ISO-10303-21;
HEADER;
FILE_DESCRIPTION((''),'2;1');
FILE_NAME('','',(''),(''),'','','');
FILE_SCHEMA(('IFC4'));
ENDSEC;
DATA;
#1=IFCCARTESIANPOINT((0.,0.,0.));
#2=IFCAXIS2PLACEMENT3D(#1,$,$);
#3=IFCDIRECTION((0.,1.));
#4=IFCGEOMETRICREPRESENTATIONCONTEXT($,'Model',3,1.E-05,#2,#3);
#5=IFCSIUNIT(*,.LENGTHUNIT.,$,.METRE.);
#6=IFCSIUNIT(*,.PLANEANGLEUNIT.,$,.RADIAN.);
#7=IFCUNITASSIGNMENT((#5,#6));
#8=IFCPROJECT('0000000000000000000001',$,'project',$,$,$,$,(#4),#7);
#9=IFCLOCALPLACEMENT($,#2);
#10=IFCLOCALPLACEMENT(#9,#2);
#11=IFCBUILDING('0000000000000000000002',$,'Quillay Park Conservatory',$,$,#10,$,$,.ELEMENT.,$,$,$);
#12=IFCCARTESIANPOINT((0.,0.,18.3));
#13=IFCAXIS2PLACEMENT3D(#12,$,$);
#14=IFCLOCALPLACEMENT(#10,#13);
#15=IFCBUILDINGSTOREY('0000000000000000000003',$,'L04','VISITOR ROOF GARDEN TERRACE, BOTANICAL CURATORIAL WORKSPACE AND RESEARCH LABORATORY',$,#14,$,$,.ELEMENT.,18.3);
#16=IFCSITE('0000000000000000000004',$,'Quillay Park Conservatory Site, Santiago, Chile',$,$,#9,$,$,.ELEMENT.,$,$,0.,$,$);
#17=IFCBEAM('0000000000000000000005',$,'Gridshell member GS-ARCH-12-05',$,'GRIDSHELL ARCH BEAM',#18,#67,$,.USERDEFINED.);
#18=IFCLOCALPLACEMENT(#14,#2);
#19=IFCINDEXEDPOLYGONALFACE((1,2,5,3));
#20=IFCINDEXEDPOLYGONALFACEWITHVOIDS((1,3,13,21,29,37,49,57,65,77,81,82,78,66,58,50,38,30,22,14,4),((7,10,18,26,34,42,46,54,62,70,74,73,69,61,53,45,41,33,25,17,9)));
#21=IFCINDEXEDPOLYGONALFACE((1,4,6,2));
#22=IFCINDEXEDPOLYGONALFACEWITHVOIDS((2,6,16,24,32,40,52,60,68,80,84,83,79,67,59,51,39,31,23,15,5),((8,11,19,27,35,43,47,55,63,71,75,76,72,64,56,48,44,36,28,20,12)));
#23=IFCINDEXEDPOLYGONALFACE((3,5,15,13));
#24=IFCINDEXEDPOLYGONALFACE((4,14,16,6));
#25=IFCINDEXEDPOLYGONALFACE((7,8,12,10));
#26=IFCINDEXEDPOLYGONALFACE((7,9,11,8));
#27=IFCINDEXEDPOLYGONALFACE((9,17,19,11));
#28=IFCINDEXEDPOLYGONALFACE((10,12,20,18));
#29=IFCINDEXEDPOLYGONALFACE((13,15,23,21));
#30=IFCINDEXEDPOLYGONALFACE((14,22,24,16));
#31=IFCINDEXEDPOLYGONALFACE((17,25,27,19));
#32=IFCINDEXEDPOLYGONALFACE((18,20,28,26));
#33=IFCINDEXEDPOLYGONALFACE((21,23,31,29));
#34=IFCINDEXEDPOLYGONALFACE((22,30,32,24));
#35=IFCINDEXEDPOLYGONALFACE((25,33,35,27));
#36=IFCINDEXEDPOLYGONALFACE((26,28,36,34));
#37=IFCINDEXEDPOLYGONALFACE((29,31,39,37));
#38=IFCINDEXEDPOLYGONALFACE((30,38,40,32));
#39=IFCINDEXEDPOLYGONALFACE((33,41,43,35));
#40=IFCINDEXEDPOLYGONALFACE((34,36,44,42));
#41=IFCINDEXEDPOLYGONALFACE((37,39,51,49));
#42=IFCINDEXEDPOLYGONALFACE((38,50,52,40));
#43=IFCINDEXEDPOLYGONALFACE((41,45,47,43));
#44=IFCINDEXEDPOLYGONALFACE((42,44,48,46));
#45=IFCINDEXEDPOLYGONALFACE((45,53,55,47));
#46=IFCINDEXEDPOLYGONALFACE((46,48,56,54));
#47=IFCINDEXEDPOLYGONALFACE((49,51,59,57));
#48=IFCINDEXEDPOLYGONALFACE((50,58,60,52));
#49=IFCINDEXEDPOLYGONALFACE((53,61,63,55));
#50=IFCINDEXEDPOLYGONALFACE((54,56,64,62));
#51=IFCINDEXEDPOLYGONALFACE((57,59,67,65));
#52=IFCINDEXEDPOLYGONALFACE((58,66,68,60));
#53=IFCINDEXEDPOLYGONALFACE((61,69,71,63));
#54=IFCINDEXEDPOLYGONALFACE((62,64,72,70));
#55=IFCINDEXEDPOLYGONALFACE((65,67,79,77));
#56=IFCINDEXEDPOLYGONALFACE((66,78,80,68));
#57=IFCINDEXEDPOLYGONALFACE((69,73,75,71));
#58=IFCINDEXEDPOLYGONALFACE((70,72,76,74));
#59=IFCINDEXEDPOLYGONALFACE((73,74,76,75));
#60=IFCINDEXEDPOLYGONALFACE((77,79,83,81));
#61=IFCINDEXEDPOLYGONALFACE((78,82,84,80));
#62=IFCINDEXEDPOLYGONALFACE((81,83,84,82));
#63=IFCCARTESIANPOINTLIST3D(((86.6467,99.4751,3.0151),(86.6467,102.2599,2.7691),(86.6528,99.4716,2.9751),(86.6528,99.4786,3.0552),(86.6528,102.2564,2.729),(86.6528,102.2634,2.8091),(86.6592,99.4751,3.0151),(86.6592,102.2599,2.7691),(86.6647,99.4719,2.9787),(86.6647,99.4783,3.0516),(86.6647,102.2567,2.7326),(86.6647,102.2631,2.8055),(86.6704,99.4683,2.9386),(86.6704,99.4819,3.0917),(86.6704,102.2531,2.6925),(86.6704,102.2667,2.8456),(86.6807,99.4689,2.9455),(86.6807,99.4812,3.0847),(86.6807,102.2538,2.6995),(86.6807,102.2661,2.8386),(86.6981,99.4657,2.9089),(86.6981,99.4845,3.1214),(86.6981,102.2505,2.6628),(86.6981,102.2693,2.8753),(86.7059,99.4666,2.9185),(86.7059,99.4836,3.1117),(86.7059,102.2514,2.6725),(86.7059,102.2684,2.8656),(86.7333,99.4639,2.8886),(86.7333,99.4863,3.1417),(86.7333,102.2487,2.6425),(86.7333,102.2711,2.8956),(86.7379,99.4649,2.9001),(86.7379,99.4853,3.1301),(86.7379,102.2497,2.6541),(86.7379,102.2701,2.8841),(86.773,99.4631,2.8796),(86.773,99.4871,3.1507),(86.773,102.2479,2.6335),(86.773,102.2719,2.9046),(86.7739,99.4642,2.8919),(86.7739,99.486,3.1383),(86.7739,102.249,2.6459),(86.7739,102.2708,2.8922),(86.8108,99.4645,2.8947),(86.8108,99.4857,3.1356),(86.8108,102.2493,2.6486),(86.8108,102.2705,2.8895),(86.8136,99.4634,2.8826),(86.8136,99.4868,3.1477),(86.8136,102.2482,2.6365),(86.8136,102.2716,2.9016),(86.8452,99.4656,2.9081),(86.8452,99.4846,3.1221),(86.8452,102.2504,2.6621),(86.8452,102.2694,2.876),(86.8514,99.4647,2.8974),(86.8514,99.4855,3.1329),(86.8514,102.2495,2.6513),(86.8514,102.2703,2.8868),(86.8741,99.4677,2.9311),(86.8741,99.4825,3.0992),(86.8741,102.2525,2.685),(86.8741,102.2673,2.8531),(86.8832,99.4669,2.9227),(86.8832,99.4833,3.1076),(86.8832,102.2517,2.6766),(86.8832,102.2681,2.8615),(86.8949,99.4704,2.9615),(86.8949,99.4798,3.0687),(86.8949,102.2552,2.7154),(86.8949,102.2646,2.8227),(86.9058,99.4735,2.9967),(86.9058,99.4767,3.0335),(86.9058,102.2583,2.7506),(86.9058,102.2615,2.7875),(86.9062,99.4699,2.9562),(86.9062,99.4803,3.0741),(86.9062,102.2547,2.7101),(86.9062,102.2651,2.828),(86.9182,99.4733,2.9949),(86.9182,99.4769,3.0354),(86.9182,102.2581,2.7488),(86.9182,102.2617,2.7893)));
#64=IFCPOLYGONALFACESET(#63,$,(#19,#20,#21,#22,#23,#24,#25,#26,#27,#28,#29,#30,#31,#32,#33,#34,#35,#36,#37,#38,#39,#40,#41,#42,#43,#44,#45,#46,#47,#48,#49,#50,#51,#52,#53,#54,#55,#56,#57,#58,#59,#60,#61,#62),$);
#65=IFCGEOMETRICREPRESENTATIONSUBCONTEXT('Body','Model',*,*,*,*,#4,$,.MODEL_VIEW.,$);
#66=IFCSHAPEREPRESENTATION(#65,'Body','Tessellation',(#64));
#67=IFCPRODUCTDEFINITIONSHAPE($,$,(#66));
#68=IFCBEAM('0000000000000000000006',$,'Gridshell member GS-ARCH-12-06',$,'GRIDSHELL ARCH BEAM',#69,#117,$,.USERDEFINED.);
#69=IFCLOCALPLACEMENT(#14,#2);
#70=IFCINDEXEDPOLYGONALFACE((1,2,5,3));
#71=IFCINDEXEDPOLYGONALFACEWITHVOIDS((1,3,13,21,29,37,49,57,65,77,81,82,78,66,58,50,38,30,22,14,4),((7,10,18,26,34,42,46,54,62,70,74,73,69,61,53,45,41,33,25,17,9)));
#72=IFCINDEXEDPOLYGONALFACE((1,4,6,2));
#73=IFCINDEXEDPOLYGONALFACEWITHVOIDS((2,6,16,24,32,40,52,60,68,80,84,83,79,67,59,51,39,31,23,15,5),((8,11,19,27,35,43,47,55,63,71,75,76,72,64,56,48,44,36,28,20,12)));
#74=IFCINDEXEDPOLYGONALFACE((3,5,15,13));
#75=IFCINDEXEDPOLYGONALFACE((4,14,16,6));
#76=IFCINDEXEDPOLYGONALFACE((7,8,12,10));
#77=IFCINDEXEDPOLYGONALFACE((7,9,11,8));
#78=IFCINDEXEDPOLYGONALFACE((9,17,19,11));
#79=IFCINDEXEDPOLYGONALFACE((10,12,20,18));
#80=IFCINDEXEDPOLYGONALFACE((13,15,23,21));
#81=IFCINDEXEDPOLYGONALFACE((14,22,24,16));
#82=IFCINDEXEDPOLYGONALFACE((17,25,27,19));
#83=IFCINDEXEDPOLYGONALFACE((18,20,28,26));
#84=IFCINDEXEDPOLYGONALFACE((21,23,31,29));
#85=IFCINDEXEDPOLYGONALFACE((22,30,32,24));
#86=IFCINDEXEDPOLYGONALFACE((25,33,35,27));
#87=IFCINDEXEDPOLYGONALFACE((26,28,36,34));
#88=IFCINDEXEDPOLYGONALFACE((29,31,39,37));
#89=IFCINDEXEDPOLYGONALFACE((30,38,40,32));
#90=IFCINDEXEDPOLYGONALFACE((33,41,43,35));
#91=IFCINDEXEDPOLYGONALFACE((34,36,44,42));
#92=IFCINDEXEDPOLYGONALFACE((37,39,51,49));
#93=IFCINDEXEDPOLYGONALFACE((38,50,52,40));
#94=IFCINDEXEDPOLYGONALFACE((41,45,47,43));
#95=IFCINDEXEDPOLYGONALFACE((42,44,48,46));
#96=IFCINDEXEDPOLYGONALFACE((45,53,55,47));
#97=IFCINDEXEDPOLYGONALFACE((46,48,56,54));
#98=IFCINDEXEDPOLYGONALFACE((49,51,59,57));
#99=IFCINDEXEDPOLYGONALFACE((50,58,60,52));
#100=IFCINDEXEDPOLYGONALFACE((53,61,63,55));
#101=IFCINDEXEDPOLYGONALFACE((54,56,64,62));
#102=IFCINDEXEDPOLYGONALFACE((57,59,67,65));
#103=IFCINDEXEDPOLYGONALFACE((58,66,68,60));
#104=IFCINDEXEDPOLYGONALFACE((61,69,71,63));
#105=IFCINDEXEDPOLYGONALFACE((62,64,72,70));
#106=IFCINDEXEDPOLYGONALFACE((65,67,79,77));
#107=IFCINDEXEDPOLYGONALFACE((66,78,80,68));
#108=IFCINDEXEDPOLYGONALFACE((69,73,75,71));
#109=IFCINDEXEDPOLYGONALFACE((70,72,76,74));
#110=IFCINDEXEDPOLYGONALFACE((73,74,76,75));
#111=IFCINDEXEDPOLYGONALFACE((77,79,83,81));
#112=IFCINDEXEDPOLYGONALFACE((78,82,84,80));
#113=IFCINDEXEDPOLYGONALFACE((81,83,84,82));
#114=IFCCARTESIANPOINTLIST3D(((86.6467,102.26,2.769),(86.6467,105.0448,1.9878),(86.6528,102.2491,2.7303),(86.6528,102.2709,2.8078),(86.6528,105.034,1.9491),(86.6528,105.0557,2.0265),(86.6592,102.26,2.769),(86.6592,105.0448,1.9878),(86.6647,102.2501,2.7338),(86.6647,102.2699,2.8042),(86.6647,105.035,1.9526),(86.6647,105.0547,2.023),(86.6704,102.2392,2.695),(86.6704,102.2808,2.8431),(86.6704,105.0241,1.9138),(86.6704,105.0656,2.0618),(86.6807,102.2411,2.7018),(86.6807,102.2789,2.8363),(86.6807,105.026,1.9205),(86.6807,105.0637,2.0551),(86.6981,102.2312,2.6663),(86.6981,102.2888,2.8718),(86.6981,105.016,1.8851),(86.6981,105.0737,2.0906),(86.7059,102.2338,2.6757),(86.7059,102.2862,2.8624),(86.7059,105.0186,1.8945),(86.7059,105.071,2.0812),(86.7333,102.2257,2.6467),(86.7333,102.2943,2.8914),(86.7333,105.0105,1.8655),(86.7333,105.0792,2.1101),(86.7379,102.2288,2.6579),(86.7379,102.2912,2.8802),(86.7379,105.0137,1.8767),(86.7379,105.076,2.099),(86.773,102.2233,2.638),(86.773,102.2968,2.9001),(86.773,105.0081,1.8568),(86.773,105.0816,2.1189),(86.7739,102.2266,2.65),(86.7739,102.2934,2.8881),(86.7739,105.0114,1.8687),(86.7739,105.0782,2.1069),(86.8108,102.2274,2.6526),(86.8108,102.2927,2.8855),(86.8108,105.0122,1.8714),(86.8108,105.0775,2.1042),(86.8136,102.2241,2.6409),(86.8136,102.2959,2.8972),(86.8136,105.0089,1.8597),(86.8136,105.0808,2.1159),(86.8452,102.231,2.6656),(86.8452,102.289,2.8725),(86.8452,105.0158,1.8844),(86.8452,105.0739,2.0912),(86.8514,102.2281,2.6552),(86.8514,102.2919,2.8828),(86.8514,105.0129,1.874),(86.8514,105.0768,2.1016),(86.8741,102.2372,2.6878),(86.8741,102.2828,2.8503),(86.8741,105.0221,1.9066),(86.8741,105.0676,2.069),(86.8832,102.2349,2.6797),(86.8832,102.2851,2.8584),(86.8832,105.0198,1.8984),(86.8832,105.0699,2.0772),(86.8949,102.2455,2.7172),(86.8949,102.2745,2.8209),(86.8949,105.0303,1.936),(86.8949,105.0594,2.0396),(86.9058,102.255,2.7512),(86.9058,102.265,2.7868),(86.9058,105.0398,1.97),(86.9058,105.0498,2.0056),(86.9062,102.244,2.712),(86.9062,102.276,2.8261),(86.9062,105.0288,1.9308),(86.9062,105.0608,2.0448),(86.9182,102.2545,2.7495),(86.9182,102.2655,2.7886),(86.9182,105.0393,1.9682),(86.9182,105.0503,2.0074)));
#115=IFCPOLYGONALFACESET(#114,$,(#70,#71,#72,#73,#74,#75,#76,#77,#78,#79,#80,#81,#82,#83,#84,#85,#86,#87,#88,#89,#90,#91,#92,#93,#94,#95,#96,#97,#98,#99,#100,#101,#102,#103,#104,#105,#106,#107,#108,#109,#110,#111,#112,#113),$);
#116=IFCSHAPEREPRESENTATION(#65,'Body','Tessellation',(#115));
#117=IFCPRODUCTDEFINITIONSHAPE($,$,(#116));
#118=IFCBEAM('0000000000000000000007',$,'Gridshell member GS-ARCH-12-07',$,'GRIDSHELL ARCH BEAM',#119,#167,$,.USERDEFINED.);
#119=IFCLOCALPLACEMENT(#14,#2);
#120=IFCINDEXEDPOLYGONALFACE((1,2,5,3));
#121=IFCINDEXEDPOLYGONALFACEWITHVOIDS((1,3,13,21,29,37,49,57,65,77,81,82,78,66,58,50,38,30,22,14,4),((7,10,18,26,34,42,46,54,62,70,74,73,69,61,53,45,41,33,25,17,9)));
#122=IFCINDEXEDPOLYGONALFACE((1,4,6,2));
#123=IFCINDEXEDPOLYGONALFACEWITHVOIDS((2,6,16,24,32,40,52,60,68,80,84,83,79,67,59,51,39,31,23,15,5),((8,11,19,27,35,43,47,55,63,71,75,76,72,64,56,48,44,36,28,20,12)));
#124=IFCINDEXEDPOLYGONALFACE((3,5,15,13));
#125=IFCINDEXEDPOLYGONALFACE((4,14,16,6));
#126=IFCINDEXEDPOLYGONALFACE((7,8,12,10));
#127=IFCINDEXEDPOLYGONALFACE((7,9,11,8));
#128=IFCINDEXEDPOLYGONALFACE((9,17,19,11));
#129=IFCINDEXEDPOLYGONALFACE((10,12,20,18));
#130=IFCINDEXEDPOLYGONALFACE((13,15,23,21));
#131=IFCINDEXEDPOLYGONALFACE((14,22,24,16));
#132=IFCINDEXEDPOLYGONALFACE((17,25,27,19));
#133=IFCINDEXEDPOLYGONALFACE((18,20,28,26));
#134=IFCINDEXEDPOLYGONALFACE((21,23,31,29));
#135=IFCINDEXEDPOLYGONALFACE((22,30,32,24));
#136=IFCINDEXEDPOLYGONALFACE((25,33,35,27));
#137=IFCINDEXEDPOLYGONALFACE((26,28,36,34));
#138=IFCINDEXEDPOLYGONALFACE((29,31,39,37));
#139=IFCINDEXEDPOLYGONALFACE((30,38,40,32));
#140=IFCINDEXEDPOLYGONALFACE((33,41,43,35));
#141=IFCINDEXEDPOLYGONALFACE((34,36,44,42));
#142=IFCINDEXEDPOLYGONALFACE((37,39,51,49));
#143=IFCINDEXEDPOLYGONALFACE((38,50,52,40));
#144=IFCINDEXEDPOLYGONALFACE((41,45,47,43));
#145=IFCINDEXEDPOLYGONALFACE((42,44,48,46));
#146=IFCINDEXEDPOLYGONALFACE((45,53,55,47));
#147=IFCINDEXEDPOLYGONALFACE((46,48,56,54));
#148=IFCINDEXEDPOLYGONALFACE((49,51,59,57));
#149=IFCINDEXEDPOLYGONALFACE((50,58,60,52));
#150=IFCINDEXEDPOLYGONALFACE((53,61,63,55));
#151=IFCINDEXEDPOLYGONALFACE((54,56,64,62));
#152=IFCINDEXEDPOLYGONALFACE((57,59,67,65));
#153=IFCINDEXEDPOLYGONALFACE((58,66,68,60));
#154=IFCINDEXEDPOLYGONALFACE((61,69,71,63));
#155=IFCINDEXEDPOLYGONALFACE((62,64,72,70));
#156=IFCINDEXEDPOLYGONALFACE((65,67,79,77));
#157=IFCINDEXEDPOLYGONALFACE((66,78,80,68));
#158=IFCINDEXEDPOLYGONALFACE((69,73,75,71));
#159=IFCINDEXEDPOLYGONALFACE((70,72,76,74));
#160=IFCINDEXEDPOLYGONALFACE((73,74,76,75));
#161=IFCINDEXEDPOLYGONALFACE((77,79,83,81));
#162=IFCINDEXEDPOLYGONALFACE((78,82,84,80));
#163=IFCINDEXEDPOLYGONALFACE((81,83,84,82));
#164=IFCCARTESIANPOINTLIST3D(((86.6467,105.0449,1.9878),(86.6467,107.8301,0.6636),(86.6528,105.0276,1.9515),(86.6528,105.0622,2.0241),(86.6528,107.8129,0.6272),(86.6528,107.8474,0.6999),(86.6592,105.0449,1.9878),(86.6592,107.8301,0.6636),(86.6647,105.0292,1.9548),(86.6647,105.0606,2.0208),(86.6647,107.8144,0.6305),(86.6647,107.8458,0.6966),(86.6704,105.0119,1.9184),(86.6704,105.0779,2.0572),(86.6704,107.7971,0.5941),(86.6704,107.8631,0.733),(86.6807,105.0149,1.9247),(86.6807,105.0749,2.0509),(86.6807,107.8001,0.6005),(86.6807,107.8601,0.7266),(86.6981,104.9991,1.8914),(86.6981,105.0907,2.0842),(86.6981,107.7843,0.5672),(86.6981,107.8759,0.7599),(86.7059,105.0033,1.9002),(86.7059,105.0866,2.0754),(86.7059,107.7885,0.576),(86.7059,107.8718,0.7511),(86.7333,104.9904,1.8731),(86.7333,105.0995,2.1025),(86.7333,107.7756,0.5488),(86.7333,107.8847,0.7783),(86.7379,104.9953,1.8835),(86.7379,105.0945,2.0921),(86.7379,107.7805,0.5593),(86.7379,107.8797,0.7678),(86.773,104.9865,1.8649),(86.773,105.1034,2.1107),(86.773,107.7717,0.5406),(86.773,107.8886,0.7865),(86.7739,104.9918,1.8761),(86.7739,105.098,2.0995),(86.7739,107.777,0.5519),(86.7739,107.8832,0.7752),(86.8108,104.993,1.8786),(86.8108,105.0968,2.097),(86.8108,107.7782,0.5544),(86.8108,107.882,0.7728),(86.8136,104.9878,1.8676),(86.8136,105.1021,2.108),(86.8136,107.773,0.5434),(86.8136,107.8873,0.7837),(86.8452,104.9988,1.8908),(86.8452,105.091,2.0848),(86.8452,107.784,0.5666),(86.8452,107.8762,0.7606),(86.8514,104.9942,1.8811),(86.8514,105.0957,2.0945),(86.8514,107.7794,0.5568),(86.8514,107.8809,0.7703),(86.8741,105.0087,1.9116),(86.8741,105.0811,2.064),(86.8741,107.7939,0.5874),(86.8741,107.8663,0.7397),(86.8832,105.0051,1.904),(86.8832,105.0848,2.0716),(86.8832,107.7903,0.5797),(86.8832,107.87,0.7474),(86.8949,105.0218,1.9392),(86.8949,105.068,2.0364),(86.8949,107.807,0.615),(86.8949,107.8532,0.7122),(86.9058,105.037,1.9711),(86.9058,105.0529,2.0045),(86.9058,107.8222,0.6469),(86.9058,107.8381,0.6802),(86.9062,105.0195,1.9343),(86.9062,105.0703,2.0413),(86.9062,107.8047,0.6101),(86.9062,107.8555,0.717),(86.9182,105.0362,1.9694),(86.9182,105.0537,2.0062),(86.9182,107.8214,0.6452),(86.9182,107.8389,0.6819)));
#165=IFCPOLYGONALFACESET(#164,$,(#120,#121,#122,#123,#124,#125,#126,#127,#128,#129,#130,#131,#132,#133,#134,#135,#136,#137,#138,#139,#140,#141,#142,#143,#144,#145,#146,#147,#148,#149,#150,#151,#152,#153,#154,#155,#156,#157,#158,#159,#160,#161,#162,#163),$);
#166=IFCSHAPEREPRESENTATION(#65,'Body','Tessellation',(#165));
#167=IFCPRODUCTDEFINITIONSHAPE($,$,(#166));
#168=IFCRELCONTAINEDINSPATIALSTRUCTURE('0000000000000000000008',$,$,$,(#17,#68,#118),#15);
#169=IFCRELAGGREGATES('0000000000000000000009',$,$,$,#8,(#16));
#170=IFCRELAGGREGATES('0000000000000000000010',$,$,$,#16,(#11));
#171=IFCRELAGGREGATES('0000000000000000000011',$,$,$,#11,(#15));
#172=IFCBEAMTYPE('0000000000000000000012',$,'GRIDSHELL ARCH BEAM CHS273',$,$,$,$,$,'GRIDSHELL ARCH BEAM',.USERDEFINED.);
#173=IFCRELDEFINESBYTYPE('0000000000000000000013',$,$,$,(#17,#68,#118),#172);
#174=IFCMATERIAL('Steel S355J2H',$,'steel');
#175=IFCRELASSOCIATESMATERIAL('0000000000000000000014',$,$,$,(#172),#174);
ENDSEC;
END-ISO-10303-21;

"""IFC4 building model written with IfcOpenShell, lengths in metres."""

from ifc_helpers import new_model, si_unit, direction, frame, origin, origin_2d, place, context, subcontext, project, spatial, hollow_circle, extrude, material, material_profile, profile_set, type_object, element, save


model = new_model("IFC4")

# Units and contexts
model_context = context("Model", 3, precision=1e-05, world=origin(), true_north=direction((0.0, 1.0)))
body_context = subcontext(model_context, "Body", "Model", "MODEL_VIEW")
ifc_project = project(units=[si_unit("LENGTHUNIT", "METRE"), si_unit("PLANEANGLEUNIT", "RADIAN")], contexts=[model_context])

# Site, building, storey
site_placement = place(None, origin())
site = spatial("IfcSite", under=ifc_project, at=site_placement, Name="Quillay Park Conservatory Site, Santiago, Chile", CompositionType="ELEMENT", RefElevation=0.0)
building_placement = place(site_placement, origin())
building = spatial("IfcBuilding", under=site, at=building_placement, Name="Quillay Park Conservatory", CompositionType="ELEMENT")
storey_placement = place(building_placement, frame((0.0, 0.0, 18.3)))
storey = spatial("IfcBuildingStorey", under=building, at=storey_placement, Name="L04", Description="VISITOR ROOF GARDEN TERRACE, BOTANICAL CURATORIAL WORKSPACE AND RESEARCH LABORATORY", CompositionType="ELEMENT", Elevation=18.3)

# Beams
ifc_material_1 = material(Name="Steel S355J2H", Category="steel")
ifc_material_profile_1 = material_profile(ifc_material_1, hollow_circle(Radius=0.1365, WallThickness=0.0125, at=origin_2d()), Name="CHS273x12.5")
ifc_profile_set_1 = profile_set([ifc_material_profile_1], Name="Steel S355J2H")
beam_type = type_object("IfcBeamType", Name="GRIDSHELL ARCH BEAM CHS273", ElementType="GRIDSHELL ARCH BEAM", PredefinedType="USERDEFINED", material=ifc_profile_set_1)
beam_1_placement = place(storey_placement, frame((86.7832, 99.4751, 3.0151), z_axis=(0.0, 0.996118, -0.088024), x_axis=(-1.0, 0.0, 0.0)))
element("IfcBeam", 1, at=beam_1_placement, inside=storey, type_object=beam_type, Name="Gridshell member GS-ARCH-12-05", ObjectType="GRIDSHELL ARCH BEAM", PredefinedType="USERDEFINED", context=body_context, shape_type="SweptSolid", body=[
    extrude(hollow_circle(Radius=0.1365, WallThickness=0.0125, at=origin_2d()), origin(), (0.0, 0.0, 1.0), 2.7957),
])
beam_2_placement = place(storey_placement, frame((86.7832, 102.26, 2.769), z_axis=(0.0, 0.962832, -0.270103), x_axis=(-1.0, 0.0, 0.0)))
element("IfcBeam", 2, at=beam_2_placement, inside=storey, type_object=beam_type, Name="Gridshell member GS-ARCH-12-06", ObjectType="GRIDSHELL ARCH BEAM", PredefinedType="USERDEFINED", context=body_context, shape_type="SweptSolid", body=[
    extrude(hollow_circle(Radius=0.1365, WallThickness=0.0125, at=origin_2d()), origin(), (0.0, 0.0, 1.0), 2.8923),
])
beam_3_placement = place(storey_placement, frame((86.7832, 105.0449, 1.9878), z_axis=(0.0, 0.903118, -0.429393), x_axis=(-1.0, 0.0, 0.0)))
element("IfcBeam", 3, at=beam_3_placement, inside=storey, type_object=beam_type, Name="Gridshell member GS-ARCH-12-07", ObjectType="GRIDSHELL ARCH BEAM", PredefinedType="USERDEFINED", context=body_context, shape_type="SweptSolid", body=[
    extrude(hollow_circle(Radius=0.1365, WallThickness=0.0125, at=origin_2d()), origin(), (0.0, 0.0, 1.0), 3.084),
])

save(model, "model.ifc")
